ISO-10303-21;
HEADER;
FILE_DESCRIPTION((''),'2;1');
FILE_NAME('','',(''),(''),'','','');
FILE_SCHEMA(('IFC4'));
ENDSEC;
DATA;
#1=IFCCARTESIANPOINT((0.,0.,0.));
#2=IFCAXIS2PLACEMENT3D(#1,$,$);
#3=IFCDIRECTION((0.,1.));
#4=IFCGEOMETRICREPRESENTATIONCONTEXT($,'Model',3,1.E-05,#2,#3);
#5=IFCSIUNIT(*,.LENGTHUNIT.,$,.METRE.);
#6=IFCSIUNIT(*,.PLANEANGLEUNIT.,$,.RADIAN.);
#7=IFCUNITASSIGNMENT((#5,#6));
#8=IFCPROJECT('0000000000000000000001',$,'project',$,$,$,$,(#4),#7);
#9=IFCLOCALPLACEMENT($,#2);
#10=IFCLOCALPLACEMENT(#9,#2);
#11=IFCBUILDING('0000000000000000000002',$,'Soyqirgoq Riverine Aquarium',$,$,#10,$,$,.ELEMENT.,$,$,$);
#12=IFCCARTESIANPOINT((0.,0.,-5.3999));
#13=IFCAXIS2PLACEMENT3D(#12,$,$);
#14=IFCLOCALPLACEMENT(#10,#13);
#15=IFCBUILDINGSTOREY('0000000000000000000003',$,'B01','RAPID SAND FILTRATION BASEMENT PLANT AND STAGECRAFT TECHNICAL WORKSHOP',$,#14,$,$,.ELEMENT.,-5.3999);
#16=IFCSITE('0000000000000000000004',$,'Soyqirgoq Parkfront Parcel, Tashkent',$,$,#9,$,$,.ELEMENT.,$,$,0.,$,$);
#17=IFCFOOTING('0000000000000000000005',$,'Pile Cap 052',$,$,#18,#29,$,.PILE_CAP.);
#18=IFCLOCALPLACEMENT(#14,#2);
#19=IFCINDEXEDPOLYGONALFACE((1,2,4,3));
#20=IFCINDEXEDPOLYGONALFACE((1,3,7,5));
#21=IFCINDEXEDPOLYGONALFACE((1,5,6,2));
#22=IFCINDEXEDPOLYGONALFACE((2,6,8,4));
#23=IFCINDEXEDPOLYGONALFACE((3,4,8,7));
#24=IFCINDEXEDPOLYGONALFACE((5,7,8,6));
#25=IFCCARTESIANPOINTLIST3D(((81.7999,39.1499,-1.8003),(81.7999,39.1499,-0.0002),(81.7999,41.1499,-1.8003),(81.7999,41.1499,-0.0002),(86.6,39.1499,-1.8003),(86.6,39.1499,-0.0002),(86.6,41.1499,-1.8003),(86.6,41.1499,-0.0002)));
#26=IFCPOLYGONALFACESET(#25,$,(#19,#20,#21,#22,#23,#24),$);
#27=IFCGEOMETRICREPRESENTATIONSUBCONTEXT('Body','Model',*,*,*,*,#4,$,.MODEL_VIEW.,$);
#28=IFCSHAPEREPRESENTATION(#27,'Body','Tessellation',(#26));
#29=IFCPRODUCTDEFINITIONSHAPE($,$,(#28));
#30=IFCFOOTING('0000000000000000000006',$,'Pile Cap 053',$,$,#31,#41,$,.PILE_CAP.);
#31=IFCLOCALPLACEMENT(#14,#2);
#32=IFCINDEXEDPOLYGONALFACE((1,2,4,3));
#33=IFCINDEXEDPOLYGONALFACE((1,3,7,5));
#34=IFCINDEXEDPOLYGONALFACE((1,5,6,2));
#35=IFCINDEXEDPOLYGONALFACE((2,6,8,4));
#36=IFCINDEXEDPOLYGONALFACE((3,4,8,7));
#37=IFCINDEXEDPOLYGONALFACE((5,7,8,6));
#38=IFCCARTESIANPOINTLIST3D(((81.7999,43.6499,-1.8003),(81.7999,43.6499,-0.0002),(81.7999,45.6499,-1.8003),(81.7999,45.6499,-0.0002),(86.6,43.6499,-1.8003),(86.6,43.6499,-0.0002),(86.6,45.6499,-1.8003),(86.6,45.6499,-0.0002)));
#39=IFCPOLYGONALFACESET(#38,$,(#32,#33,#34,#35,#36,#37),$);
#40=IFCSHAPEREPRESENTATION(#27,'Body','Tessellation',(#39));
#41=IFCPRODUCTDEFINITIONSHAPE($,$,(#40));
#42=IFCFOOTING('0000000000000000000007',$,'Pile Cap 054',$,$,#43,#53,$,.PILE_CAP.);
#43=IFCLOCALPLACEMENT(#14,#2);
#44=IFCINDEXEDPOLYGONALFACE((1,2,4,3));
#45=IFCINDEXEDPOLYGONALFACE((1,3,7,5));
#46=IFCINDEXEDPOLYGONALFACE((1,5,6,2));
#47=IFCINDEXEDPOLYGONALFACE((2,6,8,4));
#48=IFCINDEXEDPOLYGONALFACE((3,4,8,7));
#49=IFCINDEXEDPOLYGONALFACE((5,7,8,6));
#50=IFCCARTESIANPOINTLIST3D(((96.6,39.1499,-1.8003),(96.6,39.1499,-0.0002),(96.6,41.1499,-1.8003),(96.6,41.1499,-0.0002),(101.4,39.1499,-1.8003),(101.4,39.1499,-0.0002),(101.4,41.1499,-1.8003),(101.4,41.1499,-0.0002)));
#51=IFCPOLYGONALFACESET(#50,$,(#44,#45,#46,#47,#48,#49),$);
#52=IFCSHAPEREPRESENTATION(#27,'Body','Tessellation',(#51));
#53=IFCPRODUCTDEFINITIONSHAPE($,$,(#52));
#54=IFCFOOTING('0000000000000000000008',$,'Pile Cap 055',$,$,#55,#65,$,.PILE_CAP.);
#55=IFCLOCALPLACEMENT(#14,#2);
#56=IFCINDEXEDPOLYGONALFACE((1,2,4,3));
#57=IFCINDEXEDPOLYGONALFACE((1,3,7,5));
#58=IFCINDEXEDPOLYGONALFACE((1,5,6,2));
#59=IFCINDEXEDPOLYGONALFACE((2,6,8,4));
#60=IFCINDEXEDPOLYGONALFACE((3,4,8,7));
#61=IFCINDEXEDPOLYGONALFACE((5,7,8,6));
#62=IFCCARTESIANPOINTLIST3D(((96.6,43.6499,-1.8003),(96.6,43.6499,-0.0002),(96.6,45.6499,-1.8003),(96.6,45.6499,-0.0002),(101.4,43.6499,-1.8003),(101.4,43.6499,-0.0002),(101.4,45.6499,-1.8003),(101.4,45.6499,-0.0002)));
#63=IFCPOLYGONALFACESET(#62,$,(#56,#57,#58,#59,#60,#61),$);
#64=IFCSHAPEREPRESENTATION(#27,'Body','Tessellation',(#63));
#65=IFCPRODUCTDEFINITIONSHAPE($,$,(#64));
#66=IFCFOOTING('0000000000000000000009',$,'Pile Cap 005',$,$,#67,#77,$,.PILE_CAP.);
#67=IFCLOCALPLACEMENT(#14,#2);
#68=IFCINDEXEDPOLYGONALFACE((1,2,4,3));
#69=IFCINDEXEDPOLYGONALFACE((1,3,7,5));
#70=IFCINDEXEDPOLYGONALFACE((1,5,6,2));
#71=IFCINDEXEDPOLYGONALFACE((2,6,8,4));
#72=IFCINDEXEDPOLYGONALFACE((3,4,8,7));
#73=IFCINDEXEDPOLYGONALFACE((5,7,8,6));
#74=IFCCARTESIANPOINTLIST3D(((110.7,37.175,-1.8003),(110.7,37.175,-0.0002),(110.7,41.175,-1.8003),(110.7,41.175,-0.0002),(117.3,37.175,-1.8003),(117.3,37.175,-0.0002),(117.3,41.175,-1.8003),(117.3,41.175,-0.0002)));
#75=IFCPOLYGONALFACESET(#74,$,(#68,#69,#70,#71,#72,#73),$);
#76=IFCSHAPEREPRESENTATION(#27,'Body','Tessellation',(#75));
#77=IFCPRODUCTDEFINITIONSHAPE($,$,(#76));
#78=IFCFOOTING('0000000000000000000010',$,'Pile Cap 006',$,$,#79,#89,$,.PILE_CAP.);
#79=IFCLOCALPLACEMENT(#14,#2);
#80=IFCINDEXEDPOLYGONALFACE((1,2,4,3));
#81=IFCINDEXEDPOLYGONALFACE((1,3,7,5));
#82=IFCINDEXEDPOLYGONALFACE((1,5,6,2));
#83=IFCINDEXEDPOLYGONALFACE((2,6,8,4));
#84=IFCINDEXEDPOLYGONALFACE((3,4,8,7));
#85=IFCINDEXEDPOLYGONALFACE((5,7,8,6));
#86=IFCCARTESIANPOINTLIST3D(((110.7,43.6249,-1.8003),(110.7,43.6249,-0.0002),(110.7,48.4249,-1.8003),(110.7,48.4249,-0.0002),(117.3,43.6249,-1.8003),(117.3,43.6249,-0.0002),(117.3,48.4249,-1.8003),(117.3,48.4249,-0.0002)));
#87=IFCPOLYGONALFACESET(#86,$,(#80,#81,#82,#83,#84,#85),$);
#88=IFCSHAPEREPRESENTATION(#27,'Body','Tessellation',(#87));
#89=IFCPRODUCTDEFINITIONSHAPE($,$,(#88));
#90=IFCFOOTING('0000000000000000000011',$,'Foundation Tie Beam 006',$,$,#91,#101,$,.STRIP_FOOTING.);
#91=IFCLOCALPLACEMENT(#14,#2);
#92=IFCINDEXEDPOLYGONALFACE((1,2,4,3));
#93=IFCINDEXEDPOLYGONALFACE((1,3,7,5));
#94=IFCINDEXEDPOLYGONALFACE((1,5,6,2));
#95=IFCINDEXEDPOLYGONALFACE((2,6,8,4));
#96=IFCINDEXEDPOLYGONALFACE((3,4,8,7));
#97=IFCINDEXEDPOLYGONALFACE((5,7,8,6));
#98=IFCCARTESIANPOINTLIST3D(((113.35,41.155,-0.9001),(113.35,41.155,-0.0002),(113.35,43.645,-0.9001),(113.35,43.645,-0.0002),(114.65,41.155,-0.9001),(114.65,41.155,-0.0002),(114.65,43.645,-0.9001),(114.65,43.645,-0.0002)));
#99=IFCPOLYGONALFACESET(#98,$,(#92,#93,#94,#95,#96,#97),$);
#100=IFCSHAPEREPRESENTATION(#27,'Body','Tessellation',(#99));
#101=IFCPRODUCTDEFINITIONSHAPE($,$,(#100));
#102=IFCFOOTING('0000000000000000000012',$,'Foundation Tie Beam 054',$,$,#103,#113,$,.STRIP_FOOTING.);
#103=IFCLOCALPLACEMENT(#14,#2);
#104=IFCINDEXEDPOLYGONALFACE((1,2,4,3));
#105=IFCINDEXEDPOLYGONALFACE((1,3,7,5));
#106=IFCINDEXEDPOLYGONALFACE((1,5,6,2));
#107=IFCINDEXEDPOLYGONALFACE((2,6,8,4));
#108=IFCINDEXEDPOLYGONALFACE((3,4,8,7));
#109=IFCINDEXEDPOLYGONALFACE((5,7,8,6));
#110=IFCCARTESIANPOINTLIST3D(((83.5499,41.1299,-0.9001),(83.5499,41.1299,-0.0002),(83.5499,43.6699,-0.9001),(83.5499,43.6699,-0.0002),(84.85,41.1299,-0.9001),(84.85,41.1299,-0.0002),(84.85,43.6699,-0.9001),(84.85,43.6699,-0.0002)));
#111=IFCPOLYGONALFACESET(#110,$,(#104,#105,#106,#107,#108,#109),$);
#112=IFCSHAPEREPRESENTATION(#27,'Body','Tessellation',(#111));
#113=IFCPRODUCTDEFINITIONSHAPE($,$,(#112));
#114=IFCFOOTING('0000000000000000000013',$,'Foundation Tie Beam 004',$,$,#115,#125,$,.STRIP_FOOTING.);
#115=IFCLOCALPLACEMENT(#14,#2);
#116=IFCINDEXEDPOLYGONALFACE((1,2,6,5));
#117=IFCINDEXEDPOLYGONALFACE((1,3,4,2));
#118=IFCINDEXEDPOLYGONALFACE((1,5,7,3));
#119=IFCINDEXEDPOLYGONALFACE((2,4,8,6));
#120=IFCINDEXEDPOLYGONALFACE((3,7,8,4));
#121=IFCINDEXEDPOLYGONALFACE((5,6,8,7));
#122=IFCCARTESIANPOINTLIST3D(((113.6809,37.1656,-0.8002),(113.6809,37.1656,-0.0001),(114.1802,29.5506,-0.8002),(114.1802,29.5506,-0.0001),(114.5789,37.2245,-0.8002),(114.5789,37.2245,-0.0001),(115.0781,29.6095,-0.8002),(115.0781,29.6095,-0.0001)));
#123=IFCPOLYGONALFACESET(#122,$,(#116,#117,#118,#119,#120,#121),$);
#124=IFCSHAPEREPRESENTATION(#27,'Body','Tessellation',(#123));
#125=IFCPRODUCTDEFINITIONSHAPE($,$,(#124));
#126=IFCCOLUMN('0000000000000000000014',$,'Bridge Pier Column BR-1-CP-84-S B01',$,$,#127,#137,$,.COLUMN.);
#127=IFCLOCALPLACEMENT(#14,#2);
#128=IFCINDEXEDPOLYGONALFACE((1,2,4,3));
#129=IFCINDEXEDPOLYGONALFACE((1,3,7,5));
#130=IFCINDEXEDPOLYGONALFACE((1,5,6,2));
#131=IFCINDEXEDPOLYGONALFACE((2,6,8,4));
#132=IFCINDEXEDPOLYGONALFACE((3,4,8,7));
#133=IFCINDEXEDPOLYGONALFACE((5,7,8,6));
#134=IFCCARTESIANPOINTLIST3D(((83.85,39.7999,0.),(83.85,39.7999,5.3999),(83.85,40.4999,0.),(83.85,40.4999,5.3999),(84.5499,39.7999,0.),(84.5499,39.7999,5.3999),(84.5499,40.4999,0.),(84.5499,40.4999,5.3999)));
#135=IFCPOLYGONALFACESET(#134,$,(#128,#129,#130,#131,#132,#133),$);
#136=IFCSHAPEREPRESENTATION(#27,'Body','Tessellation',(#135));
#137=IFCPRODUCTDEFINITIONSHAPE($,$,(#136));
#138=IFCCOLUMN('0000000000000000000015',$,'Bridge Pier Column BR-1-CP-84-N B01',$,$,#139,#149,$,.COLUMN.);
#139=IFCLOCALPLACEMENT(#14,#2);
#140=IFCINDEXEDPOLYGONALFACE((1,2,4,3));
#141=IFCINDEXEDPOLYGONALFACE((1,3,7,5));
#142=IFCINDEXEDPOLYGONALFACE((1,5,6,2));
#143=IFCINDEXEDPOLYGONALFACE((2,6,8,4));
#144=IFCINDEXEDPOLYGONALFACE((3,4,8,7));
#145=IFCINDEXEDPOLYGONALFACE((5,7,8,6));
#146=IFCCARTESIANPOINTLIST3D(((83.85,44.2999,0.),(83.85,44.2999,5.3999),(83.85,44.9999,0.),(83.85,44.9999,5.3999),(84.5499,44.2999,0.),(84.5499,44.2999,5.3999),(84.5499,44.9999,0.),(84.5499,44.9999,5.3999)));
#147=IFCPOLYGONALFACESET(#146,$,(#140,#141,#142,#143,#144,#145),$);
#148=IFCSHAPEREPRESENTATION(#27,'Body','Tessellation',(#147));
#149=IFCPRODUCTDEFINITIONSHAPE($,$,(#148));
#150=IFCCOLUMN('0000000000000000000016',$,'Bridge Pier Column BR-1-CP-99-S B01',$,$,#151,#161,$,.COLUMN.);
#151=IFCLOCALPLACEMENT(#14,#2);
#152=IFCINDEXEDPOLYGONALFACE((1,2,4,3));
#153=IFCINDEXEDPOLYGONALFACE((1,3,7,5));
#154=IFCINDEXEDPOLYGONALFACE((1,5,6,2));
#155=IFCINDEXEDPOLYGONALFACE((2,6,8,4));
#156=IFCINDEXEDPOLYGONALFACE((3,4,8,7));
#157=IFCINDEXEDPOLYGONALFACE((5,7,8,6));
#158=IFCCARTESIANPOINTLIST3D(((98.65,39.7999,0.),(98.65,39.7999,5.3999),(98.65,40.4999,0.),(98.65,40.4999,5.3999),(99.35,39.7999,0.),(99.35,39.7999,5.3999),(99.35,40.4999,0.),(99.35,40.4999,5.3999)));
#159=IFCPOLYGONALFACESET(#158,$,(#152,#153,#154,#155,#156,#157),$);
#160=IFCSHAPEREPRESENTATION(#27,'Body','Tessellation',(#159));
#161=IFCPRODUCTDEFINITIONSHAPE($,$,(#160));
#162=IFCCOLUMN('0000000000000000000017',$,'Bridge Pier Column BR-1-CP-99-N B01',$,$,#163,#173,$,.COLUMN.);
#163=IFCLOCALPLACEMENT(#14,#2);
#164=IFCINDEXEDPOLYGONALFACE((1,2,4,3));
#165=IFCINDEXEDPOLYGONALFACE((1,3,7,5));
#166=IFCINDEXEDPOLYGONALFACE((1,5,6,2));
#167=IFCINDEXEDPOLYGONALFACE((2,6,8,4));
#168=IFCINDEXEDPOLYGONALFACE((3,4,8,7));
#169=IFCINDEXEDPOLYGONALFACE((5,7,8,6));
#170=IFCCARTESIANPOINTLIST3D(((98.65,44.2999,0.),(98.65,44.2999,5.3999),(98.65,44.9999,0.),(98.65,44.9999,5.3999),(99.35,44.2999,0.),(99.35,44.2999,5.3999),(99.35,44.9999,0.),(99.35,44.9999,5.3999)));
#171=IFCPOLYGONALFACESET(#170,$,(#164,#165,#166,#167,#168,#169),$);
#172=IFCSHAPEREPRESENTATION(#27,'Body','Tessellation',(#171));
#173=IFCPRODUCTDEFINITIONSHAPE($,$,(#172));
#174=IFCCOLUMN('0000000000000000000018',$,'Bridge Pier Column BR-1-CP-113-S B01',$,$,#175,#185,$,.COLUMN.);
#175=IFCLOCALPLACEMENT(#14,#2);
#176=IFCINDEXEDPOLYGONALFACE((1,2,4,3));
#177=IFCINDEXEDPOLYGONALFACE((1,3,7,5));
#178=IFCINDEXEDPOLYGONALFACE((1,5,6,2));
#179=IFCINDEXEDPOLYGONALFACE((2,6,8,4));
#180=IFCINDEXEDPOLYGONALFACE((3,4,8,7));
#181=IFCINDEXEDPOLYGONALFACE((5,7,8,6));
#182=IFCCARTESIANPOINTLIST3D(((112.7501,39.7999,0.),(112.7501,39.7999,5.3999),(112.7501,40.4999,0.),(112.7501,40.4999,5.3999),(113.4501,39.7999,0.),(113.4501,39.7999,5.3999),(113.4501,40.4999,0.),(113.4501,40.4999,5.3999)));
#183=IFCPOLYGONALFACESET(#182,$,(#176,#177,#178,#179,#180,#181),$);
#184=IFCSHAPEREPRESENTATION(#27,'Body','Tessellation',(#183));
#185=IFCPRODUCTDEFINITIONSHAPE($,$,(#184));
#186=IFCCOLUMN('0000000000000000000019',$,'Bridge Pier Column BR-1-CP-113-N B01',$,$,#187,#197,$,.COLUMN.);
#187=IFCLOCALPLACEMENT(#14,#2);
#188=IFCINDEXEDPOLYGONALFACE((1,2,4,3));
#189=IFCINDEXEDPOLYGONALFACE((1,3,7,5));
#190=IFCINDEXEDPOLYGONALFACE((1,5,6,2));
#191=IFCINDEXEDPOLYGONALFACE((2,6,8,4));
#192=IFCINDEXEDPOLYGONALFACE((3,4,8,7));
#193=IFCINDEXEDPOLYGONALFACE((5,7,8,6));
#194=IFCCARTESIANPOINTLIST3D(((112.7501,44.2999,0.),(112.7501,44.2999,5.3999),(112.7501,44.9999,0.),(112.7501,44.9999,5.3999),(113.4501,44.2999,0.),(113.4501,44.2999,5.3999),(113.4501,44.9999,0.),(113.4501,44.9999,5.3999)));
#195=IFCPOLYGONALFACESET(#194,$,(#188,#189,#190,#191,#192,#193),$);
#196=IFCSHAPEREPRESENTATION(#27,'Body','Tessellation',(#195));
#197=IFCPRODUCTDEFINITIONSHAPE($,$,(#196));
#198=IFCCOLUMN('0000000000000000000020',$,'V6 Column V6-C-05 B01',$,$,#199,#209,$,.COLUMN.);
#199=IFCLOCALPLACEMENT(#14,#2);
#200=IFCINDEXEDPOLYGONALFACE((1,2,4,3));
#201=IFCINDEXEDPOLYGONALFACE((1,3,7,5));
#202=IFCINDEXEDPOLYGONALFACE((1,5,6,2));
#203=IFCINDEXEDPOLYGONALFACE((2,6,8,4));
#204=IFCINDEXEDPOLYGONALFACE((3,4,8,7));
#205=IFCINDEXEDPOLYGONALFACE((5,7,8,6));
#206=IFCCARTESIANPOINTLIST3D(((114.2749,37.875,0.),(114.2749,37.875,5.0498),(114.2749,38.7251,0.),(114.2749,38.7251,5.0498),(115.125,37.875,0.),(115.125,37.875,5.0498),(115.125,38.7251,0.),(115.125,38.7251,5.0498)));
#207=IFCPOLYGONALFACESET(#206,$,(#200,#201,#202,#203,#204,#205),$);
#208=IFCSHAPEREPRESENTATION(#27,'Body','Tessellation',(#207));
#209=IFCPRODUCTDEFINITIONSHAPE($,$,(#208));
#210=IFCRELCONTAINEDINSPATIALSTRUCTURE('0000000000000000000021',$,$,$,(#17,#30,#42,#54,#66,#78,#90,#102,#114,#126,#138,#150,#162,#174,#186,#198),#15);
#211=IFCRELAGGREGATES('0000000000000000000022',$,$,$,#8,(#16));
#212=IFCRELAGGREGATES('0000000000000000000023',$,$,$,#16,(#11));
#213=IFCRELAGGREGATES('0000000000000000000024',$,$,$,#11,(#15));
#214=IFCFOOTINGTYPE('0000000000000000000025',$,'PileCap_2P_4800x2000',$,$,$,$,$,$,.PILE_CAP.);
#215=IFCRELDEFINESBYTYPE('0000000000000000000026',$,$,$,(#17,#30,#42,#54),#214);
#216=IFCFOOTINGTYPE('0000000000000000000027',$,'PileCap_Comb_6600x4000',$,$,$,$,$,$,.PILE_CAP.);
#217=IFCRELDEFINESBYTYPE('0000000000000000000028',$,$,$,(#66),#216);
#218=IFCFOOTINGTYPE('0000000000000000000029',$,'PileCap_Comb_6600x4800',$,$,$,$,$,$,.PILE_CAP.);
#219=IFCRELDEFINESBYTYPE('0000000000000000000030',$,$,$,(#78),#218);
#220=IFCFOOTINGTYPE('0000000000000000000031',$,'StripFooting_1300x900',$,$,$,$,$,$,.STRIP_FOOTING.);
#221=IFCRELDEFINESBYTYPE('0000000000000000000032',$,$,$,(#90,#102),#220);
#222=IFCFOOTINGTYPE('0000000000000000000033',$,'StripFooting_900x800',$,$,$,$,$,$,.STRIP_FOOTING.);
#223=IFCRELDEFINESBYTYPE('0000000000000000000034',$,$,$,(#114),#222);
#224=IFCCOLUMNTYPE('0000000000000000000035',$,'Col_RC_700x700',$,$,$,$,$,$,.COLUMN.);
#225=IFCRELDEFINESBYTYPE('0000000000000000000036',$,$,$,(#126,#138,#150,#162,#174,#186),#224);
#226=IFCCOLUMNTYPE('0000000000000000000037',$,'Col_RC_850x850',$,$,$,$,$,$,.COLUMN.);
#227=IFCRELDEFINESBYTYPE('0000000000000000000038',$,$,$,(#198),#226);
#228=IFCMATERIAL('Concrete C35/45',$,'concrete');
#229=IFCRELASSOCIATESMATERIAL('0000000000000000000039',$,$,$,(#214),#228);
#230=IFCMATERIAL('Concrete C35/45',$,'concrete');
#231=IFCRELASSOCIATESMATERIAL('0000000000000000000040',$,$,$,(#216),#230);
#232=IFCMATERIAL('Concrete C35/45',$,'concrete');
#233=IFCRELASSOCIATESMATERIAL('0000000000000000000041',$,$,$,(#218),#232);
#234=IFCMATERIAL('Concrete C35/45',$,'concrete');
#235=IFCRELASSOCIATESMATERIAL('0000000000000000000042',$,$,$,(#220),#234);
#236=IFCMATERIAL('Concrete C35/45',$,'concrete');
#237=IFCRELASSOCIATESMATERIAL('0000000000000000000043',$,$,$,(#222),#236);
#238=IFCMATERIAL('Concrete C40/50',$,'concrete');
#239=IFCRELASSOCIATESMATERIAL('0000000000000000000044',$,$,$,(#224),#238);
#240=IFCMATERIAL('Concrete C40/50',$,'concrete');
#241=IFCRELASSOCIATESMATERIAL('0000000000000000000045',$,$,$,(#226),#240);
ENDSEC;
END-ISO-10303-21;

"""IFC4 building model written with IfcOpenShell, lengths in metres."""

from ifc_helpers import new_model, si_unit, direction, frame, origin, origin_2d, place, context, subcontext, project, spatial, rectangle, extrude, material, material_profile, profile_set, type_object, element, save


model = new_model("IFC4")

# Units and contexts
model_context = context("Model", 3, precision=1e-05, world=origin(), true_north=direction((0.0, 1.0)))
body_context = subcontext(model_context, "Body", "Model", "MODEL_VIEW")
ifc_project = project(units=[si_unit("LENGTHUNIT", "METRE"), si_unit("PLANEANGLEUNIT", "RADIAN")], contexts=[model_context])

# Site, building, storey
site_placement = place(None, origin())
site = spatial("IfcSite", under=ifc_project, at=site_placement, Name="Soyqirgoq Parkfront Parcel, Tashkent", CompositionType="ELEMENT", RefElevation=0.0)
building_placement = place(site_placement, origin())
building = spatial("IfcBuilding", under=site, at=building_placement, Name="Soyqirgoq Riverine Aquarium", CompositionType="ELEMENT")
storey_placement = place(building_placement, frame((0.0, 0.0, -5.3999)))
storey = spatial("IfcBuildingStorey", under=building, at=storey_placement, Name="B01", Description="RAPID SAND FILTRATION BASEMENT PLANT AND STAGECRAFT TECHNICAL WORKSHOP", CompositionType="ELEMENT", Elevation=-5.3999)

# Footings
ifc_material_1 = material(Name="Concrete C35/45", Category="concrete")
footing_type_1 = type_object("IfcFootingType", Name="PileCap_2P_4800x2000", PredefinedType="PILE_CAP", material=ifc_material_1)
for number, where, z_axis, x_axis, name in (
    (1, (84.2, 40.1499, -1.8003), (0.0, 0.0, 1.0), (1.0, 0.0, 0.0), "Pile Cap 052"),
    (2, (84.2, 44.6499, -1.8003), (0.0, 0.0, 1.0), (1.0, 0.0, 0.0), "Pile Cap 053"),
    (3, (99.0, 40.1499, -1.8003), (0.0, 0.0, 1.0), (1.0, 0.0, 0.0), "Pile Cap 054"),
    (4, (99.0, 44.6499, -1.8003), (0.0, 0.0, 1.0), (1.0, 0.0, 0.0), "Pile Cap 055"),
):
    element("IfcFooting", number, at=place(storey_placement, frame(where, z_axis=z_axis, x_axis=x_axis)), inside=storey, type_object=footing_type_1, Name=name, PredefinedType="PILE_CAP", context=body_context, shape_type="SweptSolid", body=[
        extrude(rectangle(XDim=4.8, YDim=2.0, at=origin_2d()), origin(), (0.0, 0.0, 1.0), 1.8),
    ])
ifc_material_2 = material(Name="Concrete C35/45", Category="concrete")
footing_type_2 = type_object("IfcFootingType", Name="PileCap_Comb_6600x4000", PredefinedType="PILE_CAP", material=ifc_material_2)
footing_1_placement = place(storey_placement, frame((114.0, 39.175, -1.8003), z_axis=(0.0, 0.0, 1.0), x_axis=(1.0, 0.0, 0.0)))
element("IfcFooting", 5, at=footing_1_placement, inside=storey, type_object=footing_type_2, Name="Pile Cap 005", PredefinedType="PILE_CAP", context=body_context, shape_type="SweptSolid", body=[
    extrude(rectangle(XDim=6.6001, YDim=4.0, at=origin_2d()), origin(), (0.0, 0.0, 1.0), 1.8),
])
ifc_material_3 = material(Name="Concrete C35/45", Category="concrete")
footing_type_3 = type_object("IfcFootingType", Name="PileCap_Comb_6600x4800", PredefinedType="PILE_CAP", material=ifc_material_3)
footing_2_placement = place(storey_placement, frame((114.0, 46.0249, -1.8003), z_axis=(0.0, 0.0, 1.0), x_axis=(1.0, 0.0, 0.0)))
element("IfcFooting", 6, at=footing_2_placement, inside=storey, type_object=footing_type_3, Name="Pile Cap 006", PredefinedType="PILE_CAP", context=body_context, shape_type="SweptSolid", body=[
    extrude(rectangle(XDim=6.6001, YDim=4.8, at=origin_2d()), origin(), (0.0, 0.0, 1.0), 1.8),
])
ifc_material_4 = material(Name="Concrete C35/45", Category="concrete")
ifc_material_profile_1 = material_profile(ifc_material_4, rectangle(XDim=1.3, YDim=0.8999, at=origin_2d()), Name="RC 1300x900")
ifc_profile_set_1 = profile_set([ifc_material_profile_1], Name="Concrete C35/45")
footing_type_4 = type_object("IfcFootingType", Name="StripFooting_1300x900", PredefinedType="STRIP_FOOTING", material=ifc_profile_set_1)
footing_3_placement = place(storey_placement, frame((114.0, 41.155, -0.4502), z_axis=(0.0, 1.0, 0.0), x_axis=(-1.0, 0.0, 0.0)))
element("IfcFooting", 7, at=footing_3_placement, inside=storey, type_object=footing_type_4, Name="Foundation Tie Beam 006", PredefinedType="STRIP_FOOTING", context=body_context, shape_type="SweptSolid", body=[
    extrude(rectangle(XDim=1.3, YDim=0.8999, at=origin_2d()), origin(), (0.0, 0.0, 1.0), 2.49),
])
footing_4_placement = place(storey_placement, frame((84.2, 41.1299, -0.4502), z_axis=(0.0, 1.0, 0.0), x_axis=(-1.0, 0.0, 0.0)))
element("IfcFooting", 8, at=footing_4_placement, inside=storey, type_object=footing_type_4, Name="Foundation Tie Beam 054", PredefinedType="STRIP_FOOTING", context=body_context, shape_type="SweptSolid", body=[
    extrude(rectangle(XDim=1.3, YDim=0.8999, at=origin_2d()), origin(), (0.0, 0.0, 1.0), 2.54),
])
ifc_material_5 = material(Name="Concrete C35/45", Category="concrete")
ifc_material_profile_2 = material_profile(ifc_material_5, rectangle(XDim=0.8999, YDim=0.8, at=origin_2d()), Name="RC 900x800")
ifc_profile_set_2 = profile_set([ifc_material_profile_2], Name="Concrete C35/45")
footing_type_5 = type_object("IfcFootingType", Name="StripFooting_900x800", PredefinedType="STRIP_FOOTING", material=ifc_profile_set_2)
footing_5_placement = place(storey_placement, frame((114.6292, 29.5801, -0.4001), z_axis=(-0.065423, 0.997858, 0.0), x_axis=(-0.997858, -0.065423, 0.0)))
element("IfcFooting", 9, at=footing_5_placement, inside=storey, type_object=footing_type_5, Name="Foundation Tie Beam 004", PredefinedType="STRIP_FOOTING", context=body_context, shape_type="SweptSolid", body=[
    extrude(rectangle(XDim=0.8999, YDim=0.8, at=origin_2d()), origin(), (0.0, 0.0, 1.0), 7.6313),
])

# Columns
ifc_material_6 = material(Name="Concrete C40/50", Category="concrete")
ifc_material_profile_3 = material_profile(ifc_material_6, rectangle(XDim=0.7, YDim=0.7, at=origin_2d()), Name="RC 700x700")
ifc_profile_set_3 = profile_set([ifc_material_profile_3], Name="Concrete C40/50")
column_type_1 = type_object("IfcColumnType", Name="Col_RC_700x700", PredefinedType="COLUMN", material=ifc_profile_set_3)
for number, where, z_axis, x_axis, name in (
    (10, (84.2, 40.1499, 0.0), (0.0, 0.0, 1.0), (1.0, 0.0, 0.0), "Bridge Pier Column BR-1-CP-84-S B01"),
    (11, (84.2, 44.6499, 0.0), (0.0, 0.0, 1.0), (1.0, 0.0, 0.0), "Bridge Pier Column BR-1-CP-84-N B01"),
    (12, (99.0, 40.1499, 0.0), (0.0, 0.0, 1.0), (1.0, 0.0, 0.0), "Bridge Pier Column BR-1-CP-99-S B01"),
    (13, (99.0, 44.6499, 0.0), (0.0, 0.0, 1.0), (1.0, 0.0, 0.0), "Bridge Pier Column BR-1-CP-99-N B01"),
    (14, (113.1001, 40.1499, 0.0), (0.0, 0.0, 1.0), (1.0, 0.0, 0.0), "Bridge Pier Column BR-1-CP-113-S B01"),
    (15, (113.1001, 44.6499, 0.0), (0.0, 0.0, 1.0), (1.0, 0.0, 0.0), "Bridge Pier Column BR-1-CP-113-N B01"),
):
    element("IfcColumn", number, at=place(storey_placement, frame(where, z_axis=z_axis, x_axis=x_axis)), inside=storey, type_object=column_type_1, Name=name, PredefinedType="COLUMN", context=body_context, shape_type="SweptSolid", body=[
        extrude(rectangle(XDim=0.7, YDim=0.7, at=origin_2d()), origin(), (0.0, 0.0, 1.0), 5.3999),
    ])
ifc_material_7 = material(Name="Concrete C40/50", Category="concrete")
ifc_material_profile_4 = material_profile(ifc_material_7, rectangle(XDim=0.8501, YDim=0.8501, at=origin_2d()), Name="RC 850x850")
ifc_profile_set_4 = profile_set([ifc_material_profile_4], Name="Concrete C40/50")
column_type_2 = type_object("IfcColumnType", Name="Col_RC_850x850", PredefinedType="COLUMN", material=ifc_profile_set_4)
column_placement = place(storey_placement, frame((114.7, 38.3, 0.0), z_axis=(0.0, 0.0, 1.0), x_axis=(1.0, 0.0, 0.0)))
element("IfcColumn", 16, at=column_placement, inside=storey, type_object=column_type_2, Name="V6 Column V6-C-05 B01", PredefinedType="COLUMN", context=body_context, shape_type="SweptSolid", body=[
    extrude(rectangle(XDim=0.8501, YDim=0.8501, at=origin_2d()), origin(), (0.0, 0.0, 1.0), 5.0498),
])

save(model, "model.ifc")
